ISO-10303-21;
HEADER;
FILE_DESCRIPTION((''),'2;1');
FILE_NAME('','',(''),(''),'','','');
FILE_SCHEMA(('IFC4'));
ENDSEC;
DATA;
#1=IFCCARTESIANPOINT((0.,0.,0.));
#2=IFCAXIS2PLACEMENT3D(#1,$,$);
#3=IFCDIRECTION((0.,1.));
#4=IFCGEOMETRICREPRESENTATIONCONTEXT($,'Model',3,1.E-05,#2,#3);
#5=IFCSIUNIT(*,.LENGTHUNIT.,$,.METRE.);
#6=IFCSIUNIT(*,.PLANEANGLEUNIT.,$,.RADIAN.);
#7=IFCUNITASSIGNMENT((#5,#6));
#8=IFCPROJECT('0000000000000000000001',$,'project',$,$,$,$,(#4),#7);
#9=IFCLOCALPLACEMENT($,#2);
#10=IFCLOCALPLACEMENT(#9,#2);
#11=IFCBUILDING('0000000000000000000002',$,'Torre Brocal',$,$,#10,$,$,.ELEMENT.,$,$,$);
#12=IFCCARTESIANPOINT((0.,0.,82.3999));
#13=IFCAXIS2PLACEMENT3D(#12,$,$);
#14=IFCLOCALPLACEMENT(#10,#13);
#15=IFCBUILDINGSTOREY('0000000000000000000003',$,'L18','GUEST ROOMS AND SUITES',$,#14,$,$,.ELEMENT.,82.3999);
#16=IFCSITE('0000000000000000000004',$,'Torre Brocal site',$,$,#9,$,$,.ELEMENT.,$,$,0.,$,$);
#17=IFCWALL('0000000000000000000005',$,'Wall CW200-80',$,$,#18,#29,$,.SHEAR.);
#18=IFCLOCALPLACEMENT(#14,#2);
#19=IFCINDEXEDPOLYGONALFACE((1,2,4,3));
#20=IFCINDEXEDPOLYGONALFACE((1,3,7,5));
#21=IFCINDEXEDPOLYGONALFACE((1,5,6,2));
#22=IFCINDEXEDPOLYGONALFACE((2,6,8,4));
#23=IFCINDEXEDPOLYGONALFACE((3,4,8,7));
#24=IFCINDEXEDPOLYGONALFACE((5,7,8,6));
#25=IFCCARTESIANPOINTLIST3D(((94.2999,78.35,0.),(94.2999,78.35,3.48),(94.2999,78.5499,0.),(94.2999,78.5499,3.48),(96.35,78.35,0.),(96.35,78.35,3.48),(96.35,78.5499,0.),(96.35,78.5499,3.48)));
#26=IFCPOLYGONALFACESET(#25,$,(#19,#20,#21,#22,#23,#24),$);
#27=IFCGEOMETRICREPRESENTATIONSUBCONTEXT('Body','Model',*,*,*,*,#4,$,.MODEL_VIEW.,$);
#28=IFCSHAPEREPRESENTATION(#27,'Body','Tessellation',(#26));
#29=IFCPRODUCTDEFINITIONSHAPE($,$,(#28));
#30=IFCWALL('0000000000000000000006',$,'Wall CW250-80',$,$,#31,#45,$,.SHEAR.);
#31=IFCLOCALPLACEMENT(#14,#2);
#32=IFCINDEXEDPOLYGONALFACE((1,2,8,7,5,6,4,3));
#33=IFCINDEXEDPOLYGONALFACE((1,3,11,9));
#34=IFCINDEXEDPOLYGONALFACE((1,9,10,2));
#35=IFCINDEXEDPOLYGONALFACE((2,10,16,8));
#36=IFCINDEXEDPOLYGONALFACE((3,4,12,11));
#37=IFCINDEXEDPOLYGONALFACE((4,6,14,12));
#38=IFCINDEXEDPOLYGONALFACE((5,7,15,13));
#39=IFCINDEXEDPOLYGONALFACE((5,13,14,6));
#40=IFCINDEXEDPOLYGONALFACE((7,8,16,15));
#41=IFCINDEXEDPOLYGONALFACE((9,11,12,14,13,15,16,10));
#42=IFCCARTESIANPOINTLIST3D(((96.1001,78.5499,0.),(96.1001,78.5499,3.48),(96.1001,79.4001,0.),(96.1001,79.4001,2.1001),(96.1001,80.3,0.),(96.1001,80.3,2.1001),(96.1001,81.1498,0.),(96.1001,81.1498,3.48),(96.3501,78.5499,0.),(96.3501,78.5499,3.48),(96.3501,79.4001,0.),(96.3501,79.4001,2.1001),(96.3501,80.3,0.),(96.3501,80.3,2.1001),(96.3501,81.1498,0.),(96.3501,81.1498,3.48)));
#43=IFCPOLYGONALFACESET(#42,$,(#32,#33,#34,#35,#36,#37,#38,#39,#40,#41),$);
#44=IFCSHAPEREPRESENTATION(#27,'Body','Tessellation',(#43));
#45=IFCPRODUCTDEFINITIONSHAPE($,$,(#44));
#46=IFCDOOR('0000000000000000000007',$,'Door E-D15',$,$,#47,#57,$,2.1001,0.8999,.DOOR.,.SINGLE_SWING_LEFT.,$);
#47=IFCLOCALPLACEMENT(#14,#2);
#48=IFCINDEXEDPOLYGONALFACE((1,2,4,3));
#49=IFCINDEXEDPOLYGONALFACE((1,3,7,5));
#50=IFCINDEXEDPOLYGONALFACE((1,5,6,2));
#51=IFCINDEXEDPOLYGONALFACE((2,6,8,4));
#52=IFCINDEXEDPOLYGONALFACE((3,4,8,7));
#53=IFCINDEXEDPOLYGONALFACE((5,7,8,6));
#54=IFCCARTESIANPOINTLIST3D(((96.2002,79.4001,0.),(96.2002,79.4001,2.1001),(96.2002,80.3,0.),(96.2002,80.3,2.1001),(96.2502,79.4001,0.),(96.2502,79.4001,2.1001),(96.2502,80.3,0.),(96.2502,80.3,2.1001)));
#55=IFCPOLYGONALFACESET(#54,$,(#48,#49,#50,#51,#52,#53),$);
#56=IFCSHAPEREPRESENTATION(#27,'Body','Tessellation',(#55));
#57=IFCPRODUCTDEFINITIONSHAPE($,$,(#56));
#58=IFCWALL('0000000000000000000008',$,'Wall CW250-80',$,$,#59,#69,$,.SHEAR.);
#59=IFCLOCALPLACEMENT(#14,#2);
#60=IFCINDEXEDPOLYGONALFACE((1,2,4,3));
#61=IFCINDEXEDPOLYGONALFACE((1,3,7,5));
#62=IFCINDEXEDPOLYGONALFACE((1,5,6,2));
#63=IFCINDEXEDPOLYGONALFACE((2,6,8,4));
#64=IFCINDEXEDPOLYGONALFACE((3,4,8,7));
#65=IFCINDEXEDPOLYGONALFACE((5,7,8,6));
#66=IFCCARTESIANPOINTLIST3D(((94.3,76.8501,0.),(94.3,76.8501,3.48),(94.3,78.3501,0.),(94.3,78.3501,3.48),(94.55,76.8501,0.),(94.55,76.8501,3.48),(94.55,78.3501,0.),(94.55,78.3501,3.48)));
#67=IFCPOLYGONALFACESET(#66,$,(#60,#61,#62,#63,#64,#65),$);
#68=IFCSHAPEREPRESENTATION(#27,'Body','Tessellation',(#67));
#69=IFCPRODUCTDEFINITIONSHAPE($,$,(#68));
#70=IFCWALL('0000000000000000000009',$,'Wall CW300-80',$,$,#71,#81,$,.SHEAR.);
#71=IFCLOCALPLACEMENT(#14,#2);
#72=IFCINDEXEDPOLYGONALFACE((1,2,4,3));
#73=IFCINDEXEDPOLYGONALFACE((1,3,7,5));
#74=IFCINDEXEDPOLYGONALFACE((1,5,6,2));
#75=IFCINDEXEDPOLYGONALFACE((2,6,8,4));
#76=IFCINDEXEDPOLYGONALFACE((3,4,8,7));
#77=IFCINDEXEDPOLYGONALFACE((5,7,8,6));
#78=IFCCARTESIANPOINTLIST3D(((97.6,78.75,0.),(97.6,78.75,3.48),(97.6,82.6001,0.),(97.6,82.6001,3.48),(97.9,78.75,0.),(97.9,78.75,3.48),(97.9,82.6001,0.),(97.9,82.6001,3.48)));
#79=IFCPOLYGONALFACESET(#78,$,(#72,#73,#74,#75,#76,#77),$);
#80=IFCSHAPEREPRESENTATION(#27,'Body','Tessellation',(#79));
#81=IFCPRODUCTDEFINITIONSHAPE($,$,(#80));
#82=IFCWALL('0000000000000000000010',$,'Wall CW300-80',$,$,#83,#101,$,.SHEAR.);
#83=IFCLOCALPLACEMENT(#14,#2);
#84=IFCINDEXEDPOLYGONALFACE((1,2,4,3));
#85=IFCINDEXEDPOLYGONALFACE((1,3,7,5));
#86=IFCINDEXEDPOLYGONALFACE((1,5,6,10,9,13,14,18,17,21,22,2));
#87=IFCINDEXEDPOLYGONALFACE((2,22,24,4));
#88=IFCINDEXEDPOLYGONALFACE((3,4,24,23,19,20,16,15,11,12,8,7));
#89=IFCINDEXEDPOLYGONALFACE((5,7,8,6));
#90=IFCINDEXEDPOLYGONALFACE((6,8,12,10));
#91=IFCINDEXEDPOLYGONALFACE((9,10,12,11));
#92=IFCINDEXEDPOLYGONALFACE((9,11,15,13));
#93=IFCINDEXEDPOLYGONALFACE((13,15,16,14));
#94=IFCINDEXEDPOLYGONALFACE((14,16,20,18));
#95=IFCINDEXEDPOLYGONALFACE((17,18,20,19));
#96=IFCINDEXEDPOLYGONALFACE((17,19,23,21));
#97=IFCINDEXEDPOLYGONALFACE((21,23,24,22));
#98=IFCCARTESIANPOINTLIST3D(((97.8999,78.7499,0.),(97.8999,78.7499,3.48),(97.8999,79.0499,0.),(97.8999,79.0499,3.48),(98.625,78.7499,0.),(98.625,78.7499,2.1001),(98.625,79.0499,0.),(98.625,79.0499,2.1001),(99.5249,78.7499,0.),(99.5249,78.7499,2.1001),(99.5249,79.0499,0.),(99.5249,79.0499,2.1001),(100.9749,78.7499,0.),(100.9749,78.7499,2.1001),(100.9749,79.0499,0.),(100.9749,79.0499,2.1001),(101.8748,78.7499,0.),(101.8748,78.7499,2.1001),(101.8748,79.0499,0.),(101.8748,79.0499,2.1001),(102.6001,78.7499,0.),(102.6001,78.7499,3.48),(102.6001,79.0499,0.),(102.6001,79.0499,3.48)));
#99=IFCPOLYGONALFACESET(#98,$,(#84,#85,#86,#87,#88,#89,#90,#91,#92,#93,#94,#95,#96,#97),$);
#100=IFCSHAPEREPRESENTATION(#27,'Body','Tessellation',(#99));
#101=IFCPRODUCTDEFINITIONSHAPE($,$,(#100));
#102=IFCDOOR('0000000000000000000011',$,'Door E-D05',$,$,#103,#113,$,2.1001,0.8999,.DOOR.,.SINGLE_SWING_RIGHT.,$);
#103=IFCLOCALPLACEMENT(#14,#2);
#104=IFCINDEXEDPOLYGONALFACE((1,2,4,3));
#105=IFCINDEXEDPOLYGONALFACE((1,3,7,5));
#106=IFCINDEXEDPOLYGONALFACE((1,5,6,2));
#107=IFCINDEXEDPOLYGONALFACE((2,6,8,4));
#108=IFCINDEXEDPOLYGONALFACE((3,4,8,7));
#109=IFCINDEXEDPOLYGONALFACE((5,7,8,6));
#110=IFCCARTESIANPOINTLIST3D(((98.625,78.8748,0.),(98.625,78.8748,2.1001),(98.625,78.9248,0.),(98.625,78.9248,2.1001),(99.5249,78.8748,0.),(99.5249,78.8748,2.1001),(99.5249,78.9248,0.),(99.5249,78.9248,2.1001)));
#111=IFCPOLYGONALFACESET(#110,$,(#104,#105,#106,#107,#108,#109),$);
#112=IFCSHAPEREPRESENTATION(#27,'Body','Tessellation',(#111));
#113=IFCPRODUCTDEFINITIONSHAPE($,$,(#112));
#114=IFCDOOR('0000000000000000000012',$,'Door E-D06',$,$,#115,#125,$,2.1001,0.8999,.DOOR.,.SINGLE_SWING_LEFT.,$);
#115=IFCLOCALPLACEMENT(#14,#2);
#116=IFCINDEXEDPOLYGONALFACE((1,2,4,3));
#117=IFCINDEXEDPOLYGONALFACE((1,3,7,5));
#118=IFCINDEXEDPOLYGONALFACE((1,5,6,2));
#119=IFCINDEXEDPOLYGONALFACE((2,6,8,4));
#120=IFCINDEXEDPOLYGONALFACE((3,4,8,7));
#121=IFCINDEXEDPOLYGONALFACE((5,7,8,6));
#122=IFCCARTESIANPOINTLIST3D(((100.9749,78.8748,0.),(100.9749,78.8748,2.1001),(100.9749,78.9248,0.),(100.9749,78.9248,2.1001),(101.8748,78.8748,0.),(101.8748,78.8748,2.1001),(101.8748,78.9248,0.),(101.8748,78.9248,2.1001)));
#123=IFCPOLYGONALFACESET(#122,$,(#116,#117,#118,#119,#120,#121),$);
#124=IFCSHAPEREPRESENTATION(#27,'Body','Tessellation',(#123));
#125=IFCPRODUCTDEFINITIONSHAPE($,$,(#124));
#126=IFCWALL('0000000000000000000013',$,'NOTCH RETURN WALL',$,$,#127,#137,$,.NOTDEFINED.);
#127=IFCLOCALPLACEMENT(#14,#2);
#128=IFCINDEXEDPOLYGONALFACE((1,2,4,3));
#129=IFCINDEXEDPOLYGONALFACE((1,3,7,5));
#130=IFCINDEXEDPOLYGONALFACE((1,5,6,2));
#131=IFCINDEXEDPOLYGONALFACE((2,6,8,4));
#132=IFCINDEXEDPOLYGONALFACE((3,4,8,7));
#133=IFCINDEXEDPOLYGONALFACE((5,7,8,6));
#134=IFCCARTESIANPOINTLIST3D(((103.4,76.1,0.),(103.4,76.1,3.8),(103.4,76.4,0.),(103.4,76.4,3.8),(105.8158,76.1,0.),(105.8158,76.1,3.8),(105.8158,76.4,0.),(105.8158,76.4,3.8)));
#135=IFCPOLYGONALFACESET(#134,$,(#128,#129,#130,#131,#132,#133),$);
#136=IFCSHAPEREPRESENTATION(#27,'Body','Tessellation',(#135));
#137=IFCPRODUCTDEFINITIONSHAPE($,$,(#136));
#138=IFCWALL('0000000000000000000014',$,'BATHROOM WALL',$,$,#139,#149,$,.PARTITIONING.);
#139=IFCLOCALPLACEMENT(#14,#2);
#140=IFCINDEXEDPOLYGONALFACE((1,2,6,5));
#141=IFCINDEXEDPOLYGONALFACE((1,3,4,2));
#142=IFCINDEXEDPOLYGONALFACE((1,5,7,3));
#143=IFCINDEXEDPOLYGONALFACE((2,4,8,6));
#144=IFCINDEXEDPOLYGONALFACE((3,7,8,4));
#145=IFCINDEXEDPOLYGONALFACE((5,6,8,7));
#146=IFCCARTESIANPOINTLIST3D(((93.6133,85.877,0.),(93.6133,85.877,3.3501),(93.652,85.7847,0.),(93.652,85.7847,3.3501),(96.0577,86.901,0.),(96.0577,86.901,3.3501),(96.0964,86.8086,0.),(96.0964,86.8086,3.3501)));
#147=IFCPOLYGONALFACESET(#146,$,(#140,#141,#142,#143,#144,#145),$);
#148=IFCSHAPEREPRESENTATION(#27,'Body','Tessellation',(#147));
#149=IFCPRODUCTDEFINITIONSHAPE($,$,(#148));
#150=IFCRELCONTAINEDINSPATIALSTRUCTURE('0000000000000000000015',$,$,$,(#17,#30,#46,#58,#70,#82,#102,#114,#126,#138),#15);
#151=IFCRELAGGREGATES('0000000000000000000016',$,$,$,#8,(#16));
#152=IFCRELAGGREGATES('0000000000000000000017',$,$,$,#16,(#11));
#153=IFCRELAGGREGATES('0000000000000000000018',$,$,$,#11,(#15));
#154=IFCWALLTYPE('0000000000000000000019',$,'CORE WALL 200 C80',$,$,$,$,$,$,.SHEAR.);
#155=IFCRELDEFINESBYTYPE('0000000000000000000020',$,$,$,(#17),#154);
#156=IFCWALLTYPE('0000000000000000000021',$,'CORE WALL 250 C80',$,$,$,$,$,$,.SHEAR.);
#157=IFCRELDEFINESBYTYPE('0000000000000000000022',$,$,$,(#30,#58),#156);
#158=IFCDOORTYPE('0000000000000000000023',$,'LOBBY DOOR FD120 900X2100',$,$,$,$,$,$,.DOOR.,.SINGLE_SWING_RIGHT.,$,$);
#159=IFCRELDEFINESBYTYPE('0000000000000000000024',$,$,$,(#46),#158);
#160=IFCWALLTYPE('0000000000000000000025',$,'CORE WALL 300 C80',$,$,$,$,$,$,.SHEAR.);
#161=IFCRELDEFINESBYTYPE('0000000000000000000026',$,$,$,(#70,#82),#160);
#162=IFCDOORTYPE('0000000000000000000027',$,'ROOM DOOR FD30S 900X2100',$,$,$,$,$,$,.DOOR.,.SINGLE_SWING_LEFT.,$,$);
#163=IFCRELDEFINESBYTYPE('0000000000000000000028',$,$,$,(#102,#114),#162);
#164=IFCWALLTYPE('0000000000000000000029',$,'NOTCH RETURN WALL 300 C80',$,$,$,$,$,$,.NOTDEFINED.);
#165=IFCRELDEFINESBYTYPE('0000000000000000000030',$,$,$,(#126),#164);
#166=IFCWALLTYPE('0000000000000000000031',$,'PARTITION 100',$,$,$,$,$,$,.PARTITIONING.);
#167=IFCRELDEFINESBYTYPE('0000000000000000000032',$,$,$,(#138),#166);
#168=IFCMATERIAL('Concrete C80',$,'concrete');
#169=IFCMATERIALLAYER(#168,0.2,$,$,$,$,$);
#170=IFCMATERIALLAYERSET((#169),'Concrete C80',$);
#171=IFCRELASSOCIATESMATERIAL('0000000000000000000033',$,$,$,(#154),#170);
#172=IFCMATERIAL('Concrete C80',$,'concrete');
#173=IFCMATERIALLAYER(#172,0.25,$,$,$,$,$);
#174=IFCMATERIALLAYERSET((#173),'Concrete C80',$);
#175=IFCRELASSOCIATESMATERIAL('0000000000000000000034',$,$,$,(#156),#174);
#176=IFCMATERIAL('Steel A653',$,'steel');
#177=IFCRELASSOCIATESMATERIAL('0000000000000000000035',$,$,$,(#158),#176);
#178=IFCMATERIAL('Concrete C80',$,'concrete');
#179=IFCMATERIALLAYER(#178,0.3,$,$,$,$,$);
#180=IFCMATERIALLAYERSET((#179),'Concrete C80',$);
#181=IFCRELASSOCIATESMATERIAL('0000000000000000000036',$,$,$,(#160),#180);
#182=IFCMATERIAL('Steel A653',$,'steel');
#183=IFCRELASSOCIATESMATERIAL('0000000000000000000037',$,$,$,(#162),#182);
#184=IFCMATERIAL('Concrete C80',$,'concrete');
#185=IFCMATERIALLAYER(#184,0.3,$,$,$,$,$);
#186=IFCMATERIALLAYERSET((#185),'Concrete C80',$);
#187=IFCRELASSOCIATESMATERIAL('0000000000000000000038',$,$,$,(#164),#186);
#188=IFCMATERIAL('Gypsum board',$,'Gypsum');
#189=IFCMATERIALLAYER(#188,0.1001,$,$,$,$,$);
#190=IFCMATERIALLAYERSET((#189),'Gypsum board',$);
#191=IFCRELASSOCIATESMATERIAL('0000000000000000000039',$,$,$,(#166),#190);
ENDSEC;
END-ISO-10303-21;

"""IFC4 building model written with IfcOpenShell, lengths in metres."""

from ifc_helpers import new_model, si_unit, direction, frame, frame_2d, origin, place, context, subcontext, project, spatial, rectangle, extrude, material, layer, layer_set, type_object, element, fill, save


model = new_model("IFC4")

# Units and contexts
model_context = context("Model", 3, precision=1e-05, world=origin(), true_north=direction((0.0, 1.0)))
body_context = subcontext(model_context, "Body", "Model", "MODEL_VIEW")
ifc_project = project(units=[si_unit("LENGTHUNIT", "METRE"), si_unit("PLANEANGLEUNIT", "RADIAN")], contexts=[model_context])

# Site, building, storey
site_placement = place(None, origin())
site = spatial("IfcSite", under=ifc_project, at=site_placement, Name="Torre Brocal site", CompositionType="ELEMENT", RefElevation=0.0)
building_placement = place(site_placement, origin())
building = spatial("IfcBuilding", under=site, at=building_placement, Name="Torre Brocal", CompositionType="ELEMENT")
storey_placement = place(building_placement, frame((0.0, 0.0, 82.3999)))
storey = spatial("IfcBuildingStorey", under=building, at=storey_placement, Name="L18", Description="GUEST ROOMS AND SUITES", CompositionType="ELEMENT", Elevation=82.3999)

# Wall
ifc_material_1 = material(Name="Concrete C80", Category="concrete")
ifc_layer_1 = layer(ifc_material_1, 0.2)
ifc_layer_set_1 = layer_set([ifc_layer_1], Name="Concrete C80")
wall_type_1 = type_object("IfcWallType", Name="CORE WALL 200 C80", PredefinedType="SHEAR", material=ifc_layer_set_1)
wall_1_placement = place(storey_placement, frame((94.3, 78.45, 0.0), z_axis=(0.0, 0.0, 1.0), x_axis=(1.0, 0.0, 0.0)))
element("IfcWall", 1, at=wall_1_placement, inside=storey, type_object=wall_type_1, Name="Wall CW200-80", PredefinedType="SHEAR", context=body_context, shape_type="SweptSolid", body=[
    extrude(rectangle(XDim=2.05, YDim=0.2, at=frame_2d((1.0249, 0.0))), origin(), (0.0, 0.0, 1.0), 3.48),
])

# Wall, opening, door
ifc_material_2 = material(Name="Concrete C80", Category="concrete")
ifc_layer_2 = layer(ifc_material_2, 0.25)
ifc_layer_set_2 = layer_set([ifc_layer_2], Name="Concrete C80")
wall_type_2 = type_object("IfcWallType", Name="CORE WALL 250 C80", PredefinedType="SHEAR", material=ifc_layer_set_2)
wall_2_placement = place(storey_placement, frame((96.2251, 78.55, 0.0), z_axis=(0.0, 0.0, 1.0), x_axis=(0.0, 1.0, 0.0)))
wall_2 = element("IfcWall", 2, at=wall_2_placement, inside=storey, type_object=wall_type_2, Name="Wall CW250-80", PredefinedType="SHEAR", context=body_context, shape_type="SweptSolid", body=[
    extrude(rectangle(XDim=2.5999, YDim=0.25, at=frame_2d((1.2998, 0.0))), origin(), (0.0, 0.0, 1.0), 3.48),
])
opening_1_placement = place(wall_2_placement, frame((0.8501, 0.0, 0.0)))
opening_1 = element("IfcOpeningElement", 3, at=opening_1_placement, cuts=wall_2, PredefinedType="OPENING", context=body_context, shape_type="SweptSolid", body=[
    extrude(rectangle(XDim=0.8999, YDim=2.1001, at=frame_2d((0.45, 1.05))), frame((0.0, 0.135, 0.0), z_axis=(0.0, -1.0, 0.0), x_axis=(1.0, 0.0, 0.0)), (0.0, 0.0, 1.0), 0.27),
])
ifc_material_3 = material(Name="Steel A653", Category="steel")
door_type_1 = type_object("IfcDoorType", Name="LOBBY DOOR FD120 900X2100", OperationType="SINGLE_SWING_RIGHT", PredefinedType="DOOR", material=ifc_material_3)
door_1_placement = place(opening_1_placement, origin())
door_1 = element("IfcDoor", 4, at=door_1_placement, inside=storey, type_object=door_type_1, Name="Door E-D15", OperationType="SINGLE_SWING_LEFT", OverallHeight=2.1001, OverallWidth=0.8999, PredefinedType="DOOR", context=body_context, shape_type="SweptSolid", body=[
    extrude(rectangle(XDim=0.8999, YDim=2.1001, at=frame_2d((0.45, 1.05))), frame((0.0, 0.0249, 0.0), z_axis=(0.0, -1.0, 0.0), x_axis=(1.0, 0.0, 0.0)), (0.0, 0.0, 1.0), 0.05),
])
fill(opening_1, door_1)

# Walls
wall_3_placement = place(storey_placement, frame((94.425, 76.8501, 0.0), z_axis=(0.0, 0.0, 1.0), x_axis=(0.0, 1.0, 0.0)))
element("IfcWall", 5, at=wall_3_placement, inside=storey, type_object=wall_type_2, Name="Wall CW250-80", PredefinedType="SHEAR", context=body_context, shape_type="SweptSolid", body=[
    extrude(rectangle(XDim=1.5, YDim=0.25, at=frame_2d((0.75, 0.0))), origin(), (0.0, 0.0, 1.0), 3.48),
])
ifc_material_4 = material(Name="Concrete C80", Category="concrete")
ifc_layer_3 = layer(ifc_material_4, 0.3)
ifc_layer_set_3 = layer_set([ifc_layer_3], Name="Concrete C80")
wall_type_3 = type_object("IfcWallType", Name="CORE WALL 300 C80", PredefinedType="SHEAR", material=ifc_layer_set_3)
wall_4_placement = place(storey_placement, frame((97.75, 78.75, 0.0), z_axis=(0.0, 0.0, 1.0), x_axis=(0.0, 1.0, 0.0)))
element("IfcWall", 6, at=wall_4_placement, inside=storey, type_object=wall_type_3, Name="Wall CW300-80", PredefinedType="SHEAR", context=body_context, shape_type="SweptSolid", body=[
    extrude(rectangle(XDim=3.8501, YDim=0.3, at=frame_2d((1.925, 0.0))), origin(), (0.0, 0.0, 1.0), 3.48),
])

# Wall, openings, doors
wall_5_placement = place(storey_placement, frame((97.8999, 78.8999, 0.0), z_axis=(0.0, 0.0, 1.0), x_axis=(1.0, 0.0, 0.0)))
wall_5 = element("IfcWall", 7, at=wall_5_placement, inside=storey, type_object=wall_type_3, Name="Wall CW300-80", PredefinedType="SHEAR", context=body_context, shape_type="SweptSolid", body=[
    extrude(rectangle(XDim=4.7002, YDim=0.3, at=frame_2d((2.3501, 0.0))), origin(), (0.0, 0.0, 1.0), 3.48),
])
opening_2_placement = place(wall_5_placement, frame((0.7251, 0.0, 0.0)))
opening_2 = element("IfcOpeningElement", 8, at=opening_2_placement, cuts=wall_5, PredefinedType="OPENING", context=body_context, shape_type="SweptSolid", body=[
    extrude(rectangle(XDim=0.8999, YDim=2.1001, at=frame_2d((0.45, 1.05))), frame((0.0, 0.1599, 0.0), z_axis=(0.0, -1.0, 0.0), x_axis=(1.0, 0.0, 0.0)), (0.0, 0.0, 1.0), 0.3201),
])
opening_3_placement = place(wall_5_placement, frame((3.075, 0.0, 0.0)))
opening_3 = element("IfcOpeningElement", 9, at=opening_3_placement, cuts=wall_5, PredefinedType="OPENING", context=body_context, shape_type="SweptSolid", body=[
    extrude(rectangle(XDim=0.8999, YDim=2.1001, at=frame_2d((0.45, 1.05))), frame((0.0, 0.1599, 0.0), z_axis=(0.0, -1.0, 0.0), x_axis=(1.0, 0.0, 0.0)), (0.0, 0.0, 1.0), 0.3201),
])
ifc_material_5 = material(Name="Steel A653", Category="steel")
door_type_2 = type_object("IfcDoorType", Name="ROOM DOOR FD30S 900X2100", OperationType="SINGLE_SWING_LEFT", PredefinedType="DOOR", material=ifc_material_5)
door_2_placement = place(opening_2_placement, origin())
door_2 = element("IfcDoor", 10, at=door_2_placement, inside=storey, type_object=door_type_2, Name="Door E-D05", OperationType="SINGLE_SWING_RIGHT", OverallHeight=2.1001, OverallWidth=0.8999, PredefinedType="DOOR", context=body_context, shape_type="SweptSolid", body=[
    extrude(rectangle(XDim=0.8999, YDim=2.1001, at=frame_2d((0.45, 1.05))), frame((0.0, 0.0249, 0.0), z_axis=(0.0, -1.0, 0.0), x_axis=(1.0, 0.0, 0.0)), (0.0, 0.0, 1.0), 0.05),
])
fill(opening_2, door_2)
door_3_placement = place(opening_3_placement, origin())
door_3 = element("IfcDoor", 11, at=door_3_placement, inside=storey, type_object=door_type_2, Name="Door E-D06", OperationType="SINGLE_SWING_LEFT", OverallHeight=2.1001, OverallWidth=0.8999, PredefinedType="DOOR", context=body_context, shape_type="SweptSolid", body=[
    extrude(rectangle(XDim=0.8999, YDim=2.1001, at=frame_2d((0.45, 1.05))), frame((0.0, 0.0249, 0.0), z_axis=(0.0, -1.0, 0.0), x_axis=(1.0, 0.0, 0.0)), (0.0, 0.0, 1.0), 0.05),
])
fill(opening_3, door_3)

# Walls
ifc_material_6 = material(Name="Concrete C80", Category="concrete")
ifc_layer_4 = layer(ifc_material_6, 0.3)
ifc_layer_set_4 = layer_set([ifc_layer_4], Name="Concrete C80")
wall_type_4 = type_object("IfcWallType", Name="NOTCH RETURN WALL 300 C80", PredefinedType="NOTDEFINED", material=ifc_layer_set_4)
wall_6_placement = place(storey_placement, frame((103.3999, 76.25, 0.0), z_axis=(0.0, 0.0, 1.0), x_axis=(1.0, 0.0, 0.0)))
element("IfcWall", 12, at=wall_6_placement, inside=storey, type_object=wall_type_4, Name="NOTCH RETURN WALL", PredefinedType="NOTDEFINED", context=body_context, shape_type="SweptSolid", body=[
    extrude(rectangle(XDim=2.4158, YDim=0.3, at=frame_2d((1.208, 0.0))), origin(), (0.0, 0.0, 1.0), 3.8),
])
ifc_material_7 = material(Name="Gypsum board", Category="Gypsum")
ifc_layer_5 = layer(ifc_material_7, 0.1001)
ifc_layer_set_5 = layer_set([ifc_layer_5], Name="Gypsum board")
wall_type_5 = type_object("IfcWallType", Name="PARTITION 100", PredefinedType="PARTITIONING", material=ifc_layer_set_5)
wall_7_placement = place(storey_placement, frame((93.6326, 85.8308, 0.0), z_axis=(0.0, 0.0, 1.0), x_axis=(0.922345, 0.386368, 0.0)))
element("IfcWall", 13, at=wall_7_placement, inside=storey, type_object=wall_type_5, Name="BATHROOM WALL", PredefinedType="PARTITIONING", context=body_context, shape_type="SweptSolid", body=[
    extrude(rectangle(XDim=2.6501, YDim=0.1001, at=frame_2d((1.3252, 0.0))), origin(), (0.0, 0.0, 1.0), 3.3501),
])

save(model, "model.ifc")
